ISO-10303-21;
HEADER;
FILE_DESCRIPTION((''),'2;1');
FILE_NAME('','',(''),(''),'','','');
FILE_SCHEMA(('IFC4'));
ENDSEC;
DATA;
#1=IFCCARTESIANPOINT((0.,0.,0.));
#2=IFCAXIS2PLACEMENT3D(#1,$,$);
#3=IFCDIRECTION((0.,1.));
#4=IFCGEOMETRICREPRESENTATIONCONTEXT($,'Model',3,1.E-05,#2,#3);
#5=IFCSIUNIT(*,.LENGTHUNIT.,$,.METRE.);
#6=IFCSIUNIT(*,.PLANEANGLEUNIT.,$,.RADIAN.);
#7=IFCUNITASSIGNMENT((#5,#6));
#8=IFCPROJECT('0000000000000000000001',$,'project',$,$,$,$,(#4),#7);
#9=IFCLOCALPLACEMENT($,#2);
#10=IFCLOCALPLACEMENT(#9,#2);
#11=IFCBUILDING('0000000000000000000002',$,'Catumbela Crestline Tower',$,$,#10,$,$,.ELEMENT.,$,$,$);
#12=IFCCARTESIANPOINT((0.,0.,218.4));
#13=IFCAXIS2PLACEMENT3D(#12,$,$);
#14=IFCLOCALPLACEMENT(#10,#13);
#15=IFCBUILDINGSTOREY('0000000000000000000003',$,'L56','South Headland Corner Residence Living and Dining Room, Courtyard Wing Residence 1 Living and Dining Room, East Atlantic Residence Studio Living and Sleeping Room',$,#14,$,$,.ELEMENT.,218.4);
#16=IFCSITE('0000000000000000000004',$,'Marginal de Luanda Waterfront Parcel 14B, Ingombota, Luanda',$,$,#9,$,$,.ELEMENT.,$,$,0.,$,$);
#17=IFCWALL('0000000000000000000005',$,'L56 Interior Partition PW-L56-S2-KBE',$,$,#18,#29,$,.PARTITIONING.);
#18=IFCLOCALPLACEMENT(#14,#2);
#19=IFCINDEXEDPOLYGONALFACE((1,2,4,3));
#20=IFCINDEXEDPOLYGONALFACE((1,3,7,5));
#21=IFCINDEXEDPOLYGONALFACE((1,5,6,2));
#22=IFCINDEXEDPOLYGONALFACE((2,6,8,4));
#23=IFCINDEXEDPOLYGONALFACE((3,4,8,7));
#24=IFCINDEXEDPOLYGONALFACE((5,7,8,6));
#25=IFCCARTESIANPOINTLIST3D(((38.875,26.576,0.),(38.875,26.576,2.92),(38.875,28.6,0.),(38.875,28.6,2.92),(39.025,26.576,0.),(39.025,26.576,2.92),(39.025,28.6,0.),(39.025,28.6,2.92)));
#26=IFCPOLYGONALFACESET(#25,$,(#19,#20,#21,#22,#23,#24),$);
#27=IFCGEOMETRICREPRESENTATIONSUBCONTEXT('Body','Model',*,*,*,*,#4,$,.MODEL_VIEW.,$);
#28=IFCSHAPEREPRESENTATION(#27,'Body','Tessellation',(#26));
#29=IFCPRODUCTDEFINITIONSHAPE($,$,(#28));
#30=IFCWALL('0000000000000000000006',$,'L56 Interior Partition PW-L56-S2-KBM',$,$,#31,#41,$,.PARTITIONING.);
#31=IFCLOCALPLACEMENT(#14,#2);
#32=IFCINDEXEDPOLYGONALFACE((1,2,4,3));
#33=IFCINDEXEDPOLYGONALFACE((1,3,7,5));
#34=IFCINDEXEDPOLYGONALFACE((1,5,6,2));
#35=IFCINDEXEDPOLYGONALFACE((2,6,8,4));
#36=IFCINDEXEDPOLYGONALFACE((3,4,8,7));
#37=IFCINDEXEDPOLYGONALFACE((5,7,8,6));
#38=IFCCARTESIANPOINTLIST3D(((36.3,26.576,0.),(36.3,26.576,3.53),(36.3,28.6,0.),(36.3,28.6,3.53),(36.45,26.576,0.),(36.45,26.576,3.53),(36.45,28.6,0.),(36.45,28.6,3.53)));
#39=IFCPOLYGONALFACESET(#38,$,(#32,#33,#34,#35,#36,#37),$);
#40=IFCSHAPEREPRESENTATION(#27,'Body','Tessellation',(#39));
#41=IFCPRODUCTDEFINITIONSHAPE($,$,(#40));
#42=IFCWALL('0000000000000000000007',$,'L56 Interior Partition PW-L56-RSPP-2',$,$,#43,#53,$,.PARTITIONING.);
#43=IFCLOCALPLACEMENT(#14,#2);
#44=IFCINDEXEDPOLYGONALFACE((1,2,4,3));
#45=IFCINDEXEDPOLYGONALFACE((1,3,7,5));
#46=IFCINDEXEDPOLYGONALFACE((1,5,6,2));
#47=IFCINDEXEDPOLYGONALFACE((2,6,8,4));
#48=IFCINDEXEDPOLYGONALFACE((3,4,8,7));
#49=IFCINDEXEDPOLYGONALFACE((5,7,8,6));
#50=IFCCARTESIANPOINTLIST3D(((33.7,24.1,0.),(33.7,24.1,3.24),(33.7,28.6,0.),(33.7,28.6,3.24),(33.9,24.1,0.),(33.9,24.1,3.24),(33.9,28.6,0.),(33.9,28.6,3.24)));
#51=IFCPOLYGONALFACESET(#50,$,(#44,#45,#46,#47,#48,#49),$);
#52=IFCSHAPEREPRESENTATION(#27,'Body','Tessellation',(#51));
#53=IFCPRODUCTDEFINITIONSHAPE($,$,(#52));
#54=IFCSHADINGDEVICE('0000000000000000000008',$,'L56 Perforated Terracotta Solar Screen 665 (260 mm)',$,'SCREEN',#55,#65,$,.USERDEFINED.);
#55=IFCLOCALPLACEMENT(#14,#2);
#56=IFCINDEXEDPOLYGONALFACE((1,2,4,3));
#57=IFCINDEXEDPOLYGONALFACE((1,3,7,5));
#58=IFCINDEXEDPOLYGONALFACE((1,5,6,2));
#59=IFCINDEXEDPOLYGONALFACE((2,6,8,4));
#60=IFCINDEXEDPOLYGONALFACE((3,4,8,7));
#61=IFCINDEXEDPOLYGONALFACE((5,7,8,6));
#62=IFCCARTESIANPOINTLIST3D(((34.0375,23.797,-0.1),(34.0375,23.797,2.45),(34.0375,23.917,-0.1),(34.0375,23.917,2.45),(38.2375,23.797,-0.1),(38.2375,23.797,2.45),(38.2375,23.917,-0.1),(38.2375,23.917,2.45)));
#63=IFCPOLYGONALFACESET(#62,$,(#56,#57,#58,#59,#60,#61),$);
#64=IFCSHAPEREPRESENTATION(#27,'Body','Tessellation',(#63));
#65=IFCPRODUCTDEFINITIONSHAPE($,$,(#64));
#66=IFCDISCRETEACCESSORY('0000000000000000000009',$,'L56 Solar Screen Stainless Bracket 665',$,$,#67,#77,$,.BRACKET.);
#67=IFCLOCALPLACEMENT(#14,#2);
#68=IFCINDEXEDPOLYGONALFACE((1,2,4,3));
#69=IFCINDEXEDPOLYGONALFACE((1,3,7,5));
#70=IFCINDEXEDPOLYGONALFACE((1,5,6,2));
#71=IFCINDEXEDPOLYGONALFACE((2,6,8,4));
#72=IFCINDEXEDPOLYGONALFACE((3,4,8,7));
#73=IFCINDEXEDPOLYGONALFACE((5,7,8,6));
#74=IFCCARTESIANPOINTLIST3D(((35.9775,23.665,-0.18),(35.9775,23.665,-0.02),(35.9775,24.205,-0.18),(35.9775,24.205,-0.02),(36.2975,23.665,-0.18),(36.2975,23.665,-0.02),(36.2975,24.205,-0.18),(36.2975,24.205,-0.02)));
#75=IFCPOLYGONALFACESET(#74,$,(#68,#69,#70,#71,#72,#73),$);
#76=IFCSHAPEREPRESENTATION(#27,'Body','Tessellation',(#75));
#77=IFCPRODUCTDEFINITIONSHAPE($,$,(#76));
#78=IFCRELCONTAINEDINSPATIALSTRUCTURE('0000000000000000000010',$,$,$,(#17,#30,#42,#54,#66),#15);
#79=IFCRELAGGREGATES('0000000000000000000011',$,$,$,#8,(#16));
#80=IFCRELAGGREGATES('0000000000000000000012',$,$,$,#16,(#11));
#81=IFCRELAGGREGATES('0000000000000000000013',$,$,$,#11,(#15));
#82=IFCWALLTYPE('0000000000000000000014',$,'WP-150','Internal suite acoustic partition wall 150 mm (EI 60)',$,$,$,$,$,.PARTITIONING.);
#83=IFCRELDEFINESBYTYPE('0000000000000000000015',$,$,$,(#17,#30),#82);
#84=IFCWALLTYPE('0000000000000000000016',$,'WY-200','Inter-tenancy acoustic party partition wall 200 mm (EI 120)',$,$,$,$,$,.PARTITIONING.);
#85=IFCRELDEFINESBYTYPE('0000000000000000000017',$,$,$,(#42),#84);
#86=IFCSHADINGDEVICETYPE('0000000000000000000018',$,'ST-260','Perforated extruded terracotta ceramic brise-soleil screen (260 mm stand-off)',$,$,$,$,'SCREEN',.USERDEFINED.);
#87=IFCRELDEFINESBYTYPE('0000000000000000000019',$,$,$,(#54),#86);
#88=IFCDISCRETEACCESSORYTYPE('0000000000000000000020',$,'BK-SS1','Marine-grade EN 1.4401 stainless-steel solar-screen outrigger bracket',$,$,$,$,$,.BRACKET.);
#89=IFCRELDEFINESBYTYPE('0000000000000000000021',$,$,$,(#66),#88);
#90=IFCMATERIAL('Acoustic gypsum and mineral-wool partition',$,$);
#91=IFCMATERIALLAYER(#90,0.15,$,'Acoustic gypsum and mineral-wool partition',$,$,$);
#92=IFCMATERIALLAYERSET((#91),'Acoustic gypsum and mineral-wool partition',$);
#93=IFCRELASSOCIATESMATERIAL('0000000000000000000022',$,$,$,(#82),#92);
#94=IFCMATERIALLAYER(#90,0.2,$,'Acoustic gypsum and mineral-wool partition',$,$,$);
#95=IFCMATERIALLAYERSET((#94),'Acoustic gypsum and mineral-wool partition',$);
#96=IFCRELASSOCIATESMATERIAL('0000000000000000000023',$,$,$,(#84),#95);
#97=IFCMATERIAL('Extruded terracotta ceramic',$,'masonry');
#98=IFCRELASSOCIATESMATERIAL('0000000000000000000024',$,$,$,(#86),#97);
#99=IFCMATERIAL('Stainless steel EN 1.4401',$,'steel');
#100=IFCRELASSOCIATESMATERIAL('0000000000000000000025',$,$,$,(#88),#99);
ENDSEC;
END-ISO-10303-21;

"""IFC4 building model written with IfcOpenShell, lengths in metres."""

from ifc_helpers import new_model, si_unit, direction, frame, frame_2d, origin, origin_2d, place, context, subcontext, project, spatial, rectangle, extrude, material, layer, layer_set, type_object, element, save


model = new_model("IFC4")

# Units and contexts
model_context = context("Model", 3, precision=1e-05, world=origin(), true_north=direction((0.0, 1.0)))
body_context = subcontext(model_context, "Body", "Model", "MODEL_VIEW")
ifc_project = project(units=[si_unit("LENGTHUNIT", "METRE"), si_unit("PLANEANGLEUNIT", "RADIAN")], contexts=[model_context])

# Site, building, storey
site_placement = place(None, origin())
site = spatial("IfcSite", under=ifc_project, at=site_placement, Name="Marginal de Luanda Waterfront Parcel 14B, Ingombota, Luanda", CompositionType="ELEMENT", RefElevation=0.0)
building_placement = place(site_placement, origin())
building = spatial("IfcBuilding", under=site, at=building_placement, Name="Catumbela Crestline Tower", CompositionType="ELEMENT")
storey_placement = place(building_placement, frame((0.0, 0.0, 218.4)))
storey = spatial("IfcBuildingStorey", under=building, at=storey_placement, Name="L56", Description="South Headland Corner Residence Living and Dining Room, Courtyard Wing Residence 1 Living and Dining Room, East Atlantic Residence Studio Living and Sleeping Room", CompositionType="ELEMENT", Elevation=218.4)

# Walls
ifc_material_1 = material(Name="Acoustic gypsum and mineral-wool partition")
ifc_layer_1 = layer(ifc_material_1, 0.15, Name="Acoustic gypsum and mineral-wool partition")
ifc_layer_set_1 = layer_set([ifc_layer_1], Name="Acoustic gypsum and mineral-wool partition")
wall_type_1 = type_object("IfcWallType", Name="WP-150", Description="Internal suite acoustic partition wall 150 mm (EI 60)", PredefinedType="PARTITIONING", material=ifc_layer_set_1)
wall_1_placement = place(storey_placement, frame((38.95, 26.576, 0.0), z_axis=(0.0, 0.0, 1.0), x_axis=(0.0, 1.0, 0.0)))
element("IfcWall", 1, at=wall_1_placement, inside=storey, type_object=wall_type_1, Name="L56 Interior Partition PW-L56-S2-KBE", PredefinedType="PARTITIONING", context=body_context, shape_type="SweptSolid", body=[
    extrude(rectangle(XDim=2.024, YDim=0.15, at=frame_2d((1.012, 0.0))), origin(), (0.0, 0.0, 1.0), 2.92),
])
wall_2_placement = place(storey_placement, frame((36.375, 26.576, 0.0), z_axis=(0.0, 0.0, 1.0), x_axis=(0.0, 1.0, 0.0)))
element("IfcWall", 2, at=wall_2_placement, inside=storey, type_object=wall_type_1, Name="L56 Interior Partition PW-L56-S2-KBM", PredefinedType="PARTITIONING", context=body_context, shape_type="SweptSolid", body=[
    extrude(rectangle(XDim=2.024, YDim=0.15, at=frame_2d((1.012, 0.0))), origin(), (0.0, 0.0, 1.0), 3.53),
])
ifc_layer_2 = layer(ifc_material_1, 0.2, Name="Acoustic gypsum and mineral-wool partition")
ifc_layer_set_2 = layer_set([ifc_layer_2], Name="Acoustic gypsum and mineral-wool partition")
wall_type_2 = type_object("IfcWallType", Name="WY-200", Description="Inter-tenancy acoustic party partition wall 200 mm (EI 120)", PredefinedType="PARTITIONING", material=ifc_layer_set_2)
wall_3_placement = place(storey_placement, frame((33.8, 24.1, 0.0), z_axis=(0.0, 0.0, 1.0), x_axis=(0.0, 1.0, 0.0)))
element("IfcWall", 3, at=wall_3_placement, inside=storey, type_object=wall_type_2, Name="L56 Interior Partition PW-L56-RSPP-2", PredefinedType="PARTITIONING", context=body_context, shape_type="SweptSolid", body=[
    extrude(rectangle(XDim=4.5, YDim=0.2, at=frame_2d((2.25, 0.0))), origin(), (0.0, 0.0, 1.0), 3.24),
])

# Shading device
ifc_material_2 = material(Name="Extruded terracotta ceramic", Category="masonry")
shading_device_type = type_object("IfcShadingDeviceType", Name="ST-260", Description="Perforated extruded terracotta ceramic brise-soleil screen (260 mm stand-off)", ElementType="SCREEN", PredefinedType="USERDEFINED", material=ifc_material_2)
shading_device_placement = place(storey_placement, frame((36.1375, 23.857, -0.1), z_axis=(0.0, 0.0, 1.0), x_axis=(1.0, 0.0, 0.0)))
element("IfcShadingDevice", 4, at=shading_device_placement, inside=storey, type_object=shading_device_type, Name="L56 Perforated Terracotta Solar Screen 665 (260 mm)", ObjectType="SCREEN", PredefinedType="USERDEFINED", context=body_context, shape_type="SweptSolid", body=[
    extrude(rectangle(XDim=4.2, YDim=0.12, at=origin_2d()), origin(), (0.0, 0.0, 1.0), 2.55),
])

# Discrete accessory
ifc_material_3 = material(Name="Stainless steel EN 1.4401", Category="steel")
discrete_accessory_type = type_object("IfcDiscreteAccessoryType", Name="BK-SS1", Description="Marine-grade EN 1.4401 stainless-steel solar-screen outrigger bracket", PredefinedType="BRACKET", material=ifc_material_3)
discrete_accessory_placement = place(storey_placement, frame((36.1375, 23.935, -0.18), z_axis=(0.0, 0.0, 1.0), x_axis=(1.0, 0.0, 0.0)))
element("IfcDiscreteAccessory", 5, at=discrete_accessory_placement, inside=storey, type_object=discrete_accessory_type, Name="L56 Solar Screen Stainless Bracket 665", PredefinedType="BRACKET", context=body_context, shape_type="SweptSolid", body=[
    extrude(rectangle(XDim=0.32, YDim=0.54, at=origin_2d()), origin(), (0.0, 0.0, 1.0), 0.16),
])

save(model, "model.ifc")
